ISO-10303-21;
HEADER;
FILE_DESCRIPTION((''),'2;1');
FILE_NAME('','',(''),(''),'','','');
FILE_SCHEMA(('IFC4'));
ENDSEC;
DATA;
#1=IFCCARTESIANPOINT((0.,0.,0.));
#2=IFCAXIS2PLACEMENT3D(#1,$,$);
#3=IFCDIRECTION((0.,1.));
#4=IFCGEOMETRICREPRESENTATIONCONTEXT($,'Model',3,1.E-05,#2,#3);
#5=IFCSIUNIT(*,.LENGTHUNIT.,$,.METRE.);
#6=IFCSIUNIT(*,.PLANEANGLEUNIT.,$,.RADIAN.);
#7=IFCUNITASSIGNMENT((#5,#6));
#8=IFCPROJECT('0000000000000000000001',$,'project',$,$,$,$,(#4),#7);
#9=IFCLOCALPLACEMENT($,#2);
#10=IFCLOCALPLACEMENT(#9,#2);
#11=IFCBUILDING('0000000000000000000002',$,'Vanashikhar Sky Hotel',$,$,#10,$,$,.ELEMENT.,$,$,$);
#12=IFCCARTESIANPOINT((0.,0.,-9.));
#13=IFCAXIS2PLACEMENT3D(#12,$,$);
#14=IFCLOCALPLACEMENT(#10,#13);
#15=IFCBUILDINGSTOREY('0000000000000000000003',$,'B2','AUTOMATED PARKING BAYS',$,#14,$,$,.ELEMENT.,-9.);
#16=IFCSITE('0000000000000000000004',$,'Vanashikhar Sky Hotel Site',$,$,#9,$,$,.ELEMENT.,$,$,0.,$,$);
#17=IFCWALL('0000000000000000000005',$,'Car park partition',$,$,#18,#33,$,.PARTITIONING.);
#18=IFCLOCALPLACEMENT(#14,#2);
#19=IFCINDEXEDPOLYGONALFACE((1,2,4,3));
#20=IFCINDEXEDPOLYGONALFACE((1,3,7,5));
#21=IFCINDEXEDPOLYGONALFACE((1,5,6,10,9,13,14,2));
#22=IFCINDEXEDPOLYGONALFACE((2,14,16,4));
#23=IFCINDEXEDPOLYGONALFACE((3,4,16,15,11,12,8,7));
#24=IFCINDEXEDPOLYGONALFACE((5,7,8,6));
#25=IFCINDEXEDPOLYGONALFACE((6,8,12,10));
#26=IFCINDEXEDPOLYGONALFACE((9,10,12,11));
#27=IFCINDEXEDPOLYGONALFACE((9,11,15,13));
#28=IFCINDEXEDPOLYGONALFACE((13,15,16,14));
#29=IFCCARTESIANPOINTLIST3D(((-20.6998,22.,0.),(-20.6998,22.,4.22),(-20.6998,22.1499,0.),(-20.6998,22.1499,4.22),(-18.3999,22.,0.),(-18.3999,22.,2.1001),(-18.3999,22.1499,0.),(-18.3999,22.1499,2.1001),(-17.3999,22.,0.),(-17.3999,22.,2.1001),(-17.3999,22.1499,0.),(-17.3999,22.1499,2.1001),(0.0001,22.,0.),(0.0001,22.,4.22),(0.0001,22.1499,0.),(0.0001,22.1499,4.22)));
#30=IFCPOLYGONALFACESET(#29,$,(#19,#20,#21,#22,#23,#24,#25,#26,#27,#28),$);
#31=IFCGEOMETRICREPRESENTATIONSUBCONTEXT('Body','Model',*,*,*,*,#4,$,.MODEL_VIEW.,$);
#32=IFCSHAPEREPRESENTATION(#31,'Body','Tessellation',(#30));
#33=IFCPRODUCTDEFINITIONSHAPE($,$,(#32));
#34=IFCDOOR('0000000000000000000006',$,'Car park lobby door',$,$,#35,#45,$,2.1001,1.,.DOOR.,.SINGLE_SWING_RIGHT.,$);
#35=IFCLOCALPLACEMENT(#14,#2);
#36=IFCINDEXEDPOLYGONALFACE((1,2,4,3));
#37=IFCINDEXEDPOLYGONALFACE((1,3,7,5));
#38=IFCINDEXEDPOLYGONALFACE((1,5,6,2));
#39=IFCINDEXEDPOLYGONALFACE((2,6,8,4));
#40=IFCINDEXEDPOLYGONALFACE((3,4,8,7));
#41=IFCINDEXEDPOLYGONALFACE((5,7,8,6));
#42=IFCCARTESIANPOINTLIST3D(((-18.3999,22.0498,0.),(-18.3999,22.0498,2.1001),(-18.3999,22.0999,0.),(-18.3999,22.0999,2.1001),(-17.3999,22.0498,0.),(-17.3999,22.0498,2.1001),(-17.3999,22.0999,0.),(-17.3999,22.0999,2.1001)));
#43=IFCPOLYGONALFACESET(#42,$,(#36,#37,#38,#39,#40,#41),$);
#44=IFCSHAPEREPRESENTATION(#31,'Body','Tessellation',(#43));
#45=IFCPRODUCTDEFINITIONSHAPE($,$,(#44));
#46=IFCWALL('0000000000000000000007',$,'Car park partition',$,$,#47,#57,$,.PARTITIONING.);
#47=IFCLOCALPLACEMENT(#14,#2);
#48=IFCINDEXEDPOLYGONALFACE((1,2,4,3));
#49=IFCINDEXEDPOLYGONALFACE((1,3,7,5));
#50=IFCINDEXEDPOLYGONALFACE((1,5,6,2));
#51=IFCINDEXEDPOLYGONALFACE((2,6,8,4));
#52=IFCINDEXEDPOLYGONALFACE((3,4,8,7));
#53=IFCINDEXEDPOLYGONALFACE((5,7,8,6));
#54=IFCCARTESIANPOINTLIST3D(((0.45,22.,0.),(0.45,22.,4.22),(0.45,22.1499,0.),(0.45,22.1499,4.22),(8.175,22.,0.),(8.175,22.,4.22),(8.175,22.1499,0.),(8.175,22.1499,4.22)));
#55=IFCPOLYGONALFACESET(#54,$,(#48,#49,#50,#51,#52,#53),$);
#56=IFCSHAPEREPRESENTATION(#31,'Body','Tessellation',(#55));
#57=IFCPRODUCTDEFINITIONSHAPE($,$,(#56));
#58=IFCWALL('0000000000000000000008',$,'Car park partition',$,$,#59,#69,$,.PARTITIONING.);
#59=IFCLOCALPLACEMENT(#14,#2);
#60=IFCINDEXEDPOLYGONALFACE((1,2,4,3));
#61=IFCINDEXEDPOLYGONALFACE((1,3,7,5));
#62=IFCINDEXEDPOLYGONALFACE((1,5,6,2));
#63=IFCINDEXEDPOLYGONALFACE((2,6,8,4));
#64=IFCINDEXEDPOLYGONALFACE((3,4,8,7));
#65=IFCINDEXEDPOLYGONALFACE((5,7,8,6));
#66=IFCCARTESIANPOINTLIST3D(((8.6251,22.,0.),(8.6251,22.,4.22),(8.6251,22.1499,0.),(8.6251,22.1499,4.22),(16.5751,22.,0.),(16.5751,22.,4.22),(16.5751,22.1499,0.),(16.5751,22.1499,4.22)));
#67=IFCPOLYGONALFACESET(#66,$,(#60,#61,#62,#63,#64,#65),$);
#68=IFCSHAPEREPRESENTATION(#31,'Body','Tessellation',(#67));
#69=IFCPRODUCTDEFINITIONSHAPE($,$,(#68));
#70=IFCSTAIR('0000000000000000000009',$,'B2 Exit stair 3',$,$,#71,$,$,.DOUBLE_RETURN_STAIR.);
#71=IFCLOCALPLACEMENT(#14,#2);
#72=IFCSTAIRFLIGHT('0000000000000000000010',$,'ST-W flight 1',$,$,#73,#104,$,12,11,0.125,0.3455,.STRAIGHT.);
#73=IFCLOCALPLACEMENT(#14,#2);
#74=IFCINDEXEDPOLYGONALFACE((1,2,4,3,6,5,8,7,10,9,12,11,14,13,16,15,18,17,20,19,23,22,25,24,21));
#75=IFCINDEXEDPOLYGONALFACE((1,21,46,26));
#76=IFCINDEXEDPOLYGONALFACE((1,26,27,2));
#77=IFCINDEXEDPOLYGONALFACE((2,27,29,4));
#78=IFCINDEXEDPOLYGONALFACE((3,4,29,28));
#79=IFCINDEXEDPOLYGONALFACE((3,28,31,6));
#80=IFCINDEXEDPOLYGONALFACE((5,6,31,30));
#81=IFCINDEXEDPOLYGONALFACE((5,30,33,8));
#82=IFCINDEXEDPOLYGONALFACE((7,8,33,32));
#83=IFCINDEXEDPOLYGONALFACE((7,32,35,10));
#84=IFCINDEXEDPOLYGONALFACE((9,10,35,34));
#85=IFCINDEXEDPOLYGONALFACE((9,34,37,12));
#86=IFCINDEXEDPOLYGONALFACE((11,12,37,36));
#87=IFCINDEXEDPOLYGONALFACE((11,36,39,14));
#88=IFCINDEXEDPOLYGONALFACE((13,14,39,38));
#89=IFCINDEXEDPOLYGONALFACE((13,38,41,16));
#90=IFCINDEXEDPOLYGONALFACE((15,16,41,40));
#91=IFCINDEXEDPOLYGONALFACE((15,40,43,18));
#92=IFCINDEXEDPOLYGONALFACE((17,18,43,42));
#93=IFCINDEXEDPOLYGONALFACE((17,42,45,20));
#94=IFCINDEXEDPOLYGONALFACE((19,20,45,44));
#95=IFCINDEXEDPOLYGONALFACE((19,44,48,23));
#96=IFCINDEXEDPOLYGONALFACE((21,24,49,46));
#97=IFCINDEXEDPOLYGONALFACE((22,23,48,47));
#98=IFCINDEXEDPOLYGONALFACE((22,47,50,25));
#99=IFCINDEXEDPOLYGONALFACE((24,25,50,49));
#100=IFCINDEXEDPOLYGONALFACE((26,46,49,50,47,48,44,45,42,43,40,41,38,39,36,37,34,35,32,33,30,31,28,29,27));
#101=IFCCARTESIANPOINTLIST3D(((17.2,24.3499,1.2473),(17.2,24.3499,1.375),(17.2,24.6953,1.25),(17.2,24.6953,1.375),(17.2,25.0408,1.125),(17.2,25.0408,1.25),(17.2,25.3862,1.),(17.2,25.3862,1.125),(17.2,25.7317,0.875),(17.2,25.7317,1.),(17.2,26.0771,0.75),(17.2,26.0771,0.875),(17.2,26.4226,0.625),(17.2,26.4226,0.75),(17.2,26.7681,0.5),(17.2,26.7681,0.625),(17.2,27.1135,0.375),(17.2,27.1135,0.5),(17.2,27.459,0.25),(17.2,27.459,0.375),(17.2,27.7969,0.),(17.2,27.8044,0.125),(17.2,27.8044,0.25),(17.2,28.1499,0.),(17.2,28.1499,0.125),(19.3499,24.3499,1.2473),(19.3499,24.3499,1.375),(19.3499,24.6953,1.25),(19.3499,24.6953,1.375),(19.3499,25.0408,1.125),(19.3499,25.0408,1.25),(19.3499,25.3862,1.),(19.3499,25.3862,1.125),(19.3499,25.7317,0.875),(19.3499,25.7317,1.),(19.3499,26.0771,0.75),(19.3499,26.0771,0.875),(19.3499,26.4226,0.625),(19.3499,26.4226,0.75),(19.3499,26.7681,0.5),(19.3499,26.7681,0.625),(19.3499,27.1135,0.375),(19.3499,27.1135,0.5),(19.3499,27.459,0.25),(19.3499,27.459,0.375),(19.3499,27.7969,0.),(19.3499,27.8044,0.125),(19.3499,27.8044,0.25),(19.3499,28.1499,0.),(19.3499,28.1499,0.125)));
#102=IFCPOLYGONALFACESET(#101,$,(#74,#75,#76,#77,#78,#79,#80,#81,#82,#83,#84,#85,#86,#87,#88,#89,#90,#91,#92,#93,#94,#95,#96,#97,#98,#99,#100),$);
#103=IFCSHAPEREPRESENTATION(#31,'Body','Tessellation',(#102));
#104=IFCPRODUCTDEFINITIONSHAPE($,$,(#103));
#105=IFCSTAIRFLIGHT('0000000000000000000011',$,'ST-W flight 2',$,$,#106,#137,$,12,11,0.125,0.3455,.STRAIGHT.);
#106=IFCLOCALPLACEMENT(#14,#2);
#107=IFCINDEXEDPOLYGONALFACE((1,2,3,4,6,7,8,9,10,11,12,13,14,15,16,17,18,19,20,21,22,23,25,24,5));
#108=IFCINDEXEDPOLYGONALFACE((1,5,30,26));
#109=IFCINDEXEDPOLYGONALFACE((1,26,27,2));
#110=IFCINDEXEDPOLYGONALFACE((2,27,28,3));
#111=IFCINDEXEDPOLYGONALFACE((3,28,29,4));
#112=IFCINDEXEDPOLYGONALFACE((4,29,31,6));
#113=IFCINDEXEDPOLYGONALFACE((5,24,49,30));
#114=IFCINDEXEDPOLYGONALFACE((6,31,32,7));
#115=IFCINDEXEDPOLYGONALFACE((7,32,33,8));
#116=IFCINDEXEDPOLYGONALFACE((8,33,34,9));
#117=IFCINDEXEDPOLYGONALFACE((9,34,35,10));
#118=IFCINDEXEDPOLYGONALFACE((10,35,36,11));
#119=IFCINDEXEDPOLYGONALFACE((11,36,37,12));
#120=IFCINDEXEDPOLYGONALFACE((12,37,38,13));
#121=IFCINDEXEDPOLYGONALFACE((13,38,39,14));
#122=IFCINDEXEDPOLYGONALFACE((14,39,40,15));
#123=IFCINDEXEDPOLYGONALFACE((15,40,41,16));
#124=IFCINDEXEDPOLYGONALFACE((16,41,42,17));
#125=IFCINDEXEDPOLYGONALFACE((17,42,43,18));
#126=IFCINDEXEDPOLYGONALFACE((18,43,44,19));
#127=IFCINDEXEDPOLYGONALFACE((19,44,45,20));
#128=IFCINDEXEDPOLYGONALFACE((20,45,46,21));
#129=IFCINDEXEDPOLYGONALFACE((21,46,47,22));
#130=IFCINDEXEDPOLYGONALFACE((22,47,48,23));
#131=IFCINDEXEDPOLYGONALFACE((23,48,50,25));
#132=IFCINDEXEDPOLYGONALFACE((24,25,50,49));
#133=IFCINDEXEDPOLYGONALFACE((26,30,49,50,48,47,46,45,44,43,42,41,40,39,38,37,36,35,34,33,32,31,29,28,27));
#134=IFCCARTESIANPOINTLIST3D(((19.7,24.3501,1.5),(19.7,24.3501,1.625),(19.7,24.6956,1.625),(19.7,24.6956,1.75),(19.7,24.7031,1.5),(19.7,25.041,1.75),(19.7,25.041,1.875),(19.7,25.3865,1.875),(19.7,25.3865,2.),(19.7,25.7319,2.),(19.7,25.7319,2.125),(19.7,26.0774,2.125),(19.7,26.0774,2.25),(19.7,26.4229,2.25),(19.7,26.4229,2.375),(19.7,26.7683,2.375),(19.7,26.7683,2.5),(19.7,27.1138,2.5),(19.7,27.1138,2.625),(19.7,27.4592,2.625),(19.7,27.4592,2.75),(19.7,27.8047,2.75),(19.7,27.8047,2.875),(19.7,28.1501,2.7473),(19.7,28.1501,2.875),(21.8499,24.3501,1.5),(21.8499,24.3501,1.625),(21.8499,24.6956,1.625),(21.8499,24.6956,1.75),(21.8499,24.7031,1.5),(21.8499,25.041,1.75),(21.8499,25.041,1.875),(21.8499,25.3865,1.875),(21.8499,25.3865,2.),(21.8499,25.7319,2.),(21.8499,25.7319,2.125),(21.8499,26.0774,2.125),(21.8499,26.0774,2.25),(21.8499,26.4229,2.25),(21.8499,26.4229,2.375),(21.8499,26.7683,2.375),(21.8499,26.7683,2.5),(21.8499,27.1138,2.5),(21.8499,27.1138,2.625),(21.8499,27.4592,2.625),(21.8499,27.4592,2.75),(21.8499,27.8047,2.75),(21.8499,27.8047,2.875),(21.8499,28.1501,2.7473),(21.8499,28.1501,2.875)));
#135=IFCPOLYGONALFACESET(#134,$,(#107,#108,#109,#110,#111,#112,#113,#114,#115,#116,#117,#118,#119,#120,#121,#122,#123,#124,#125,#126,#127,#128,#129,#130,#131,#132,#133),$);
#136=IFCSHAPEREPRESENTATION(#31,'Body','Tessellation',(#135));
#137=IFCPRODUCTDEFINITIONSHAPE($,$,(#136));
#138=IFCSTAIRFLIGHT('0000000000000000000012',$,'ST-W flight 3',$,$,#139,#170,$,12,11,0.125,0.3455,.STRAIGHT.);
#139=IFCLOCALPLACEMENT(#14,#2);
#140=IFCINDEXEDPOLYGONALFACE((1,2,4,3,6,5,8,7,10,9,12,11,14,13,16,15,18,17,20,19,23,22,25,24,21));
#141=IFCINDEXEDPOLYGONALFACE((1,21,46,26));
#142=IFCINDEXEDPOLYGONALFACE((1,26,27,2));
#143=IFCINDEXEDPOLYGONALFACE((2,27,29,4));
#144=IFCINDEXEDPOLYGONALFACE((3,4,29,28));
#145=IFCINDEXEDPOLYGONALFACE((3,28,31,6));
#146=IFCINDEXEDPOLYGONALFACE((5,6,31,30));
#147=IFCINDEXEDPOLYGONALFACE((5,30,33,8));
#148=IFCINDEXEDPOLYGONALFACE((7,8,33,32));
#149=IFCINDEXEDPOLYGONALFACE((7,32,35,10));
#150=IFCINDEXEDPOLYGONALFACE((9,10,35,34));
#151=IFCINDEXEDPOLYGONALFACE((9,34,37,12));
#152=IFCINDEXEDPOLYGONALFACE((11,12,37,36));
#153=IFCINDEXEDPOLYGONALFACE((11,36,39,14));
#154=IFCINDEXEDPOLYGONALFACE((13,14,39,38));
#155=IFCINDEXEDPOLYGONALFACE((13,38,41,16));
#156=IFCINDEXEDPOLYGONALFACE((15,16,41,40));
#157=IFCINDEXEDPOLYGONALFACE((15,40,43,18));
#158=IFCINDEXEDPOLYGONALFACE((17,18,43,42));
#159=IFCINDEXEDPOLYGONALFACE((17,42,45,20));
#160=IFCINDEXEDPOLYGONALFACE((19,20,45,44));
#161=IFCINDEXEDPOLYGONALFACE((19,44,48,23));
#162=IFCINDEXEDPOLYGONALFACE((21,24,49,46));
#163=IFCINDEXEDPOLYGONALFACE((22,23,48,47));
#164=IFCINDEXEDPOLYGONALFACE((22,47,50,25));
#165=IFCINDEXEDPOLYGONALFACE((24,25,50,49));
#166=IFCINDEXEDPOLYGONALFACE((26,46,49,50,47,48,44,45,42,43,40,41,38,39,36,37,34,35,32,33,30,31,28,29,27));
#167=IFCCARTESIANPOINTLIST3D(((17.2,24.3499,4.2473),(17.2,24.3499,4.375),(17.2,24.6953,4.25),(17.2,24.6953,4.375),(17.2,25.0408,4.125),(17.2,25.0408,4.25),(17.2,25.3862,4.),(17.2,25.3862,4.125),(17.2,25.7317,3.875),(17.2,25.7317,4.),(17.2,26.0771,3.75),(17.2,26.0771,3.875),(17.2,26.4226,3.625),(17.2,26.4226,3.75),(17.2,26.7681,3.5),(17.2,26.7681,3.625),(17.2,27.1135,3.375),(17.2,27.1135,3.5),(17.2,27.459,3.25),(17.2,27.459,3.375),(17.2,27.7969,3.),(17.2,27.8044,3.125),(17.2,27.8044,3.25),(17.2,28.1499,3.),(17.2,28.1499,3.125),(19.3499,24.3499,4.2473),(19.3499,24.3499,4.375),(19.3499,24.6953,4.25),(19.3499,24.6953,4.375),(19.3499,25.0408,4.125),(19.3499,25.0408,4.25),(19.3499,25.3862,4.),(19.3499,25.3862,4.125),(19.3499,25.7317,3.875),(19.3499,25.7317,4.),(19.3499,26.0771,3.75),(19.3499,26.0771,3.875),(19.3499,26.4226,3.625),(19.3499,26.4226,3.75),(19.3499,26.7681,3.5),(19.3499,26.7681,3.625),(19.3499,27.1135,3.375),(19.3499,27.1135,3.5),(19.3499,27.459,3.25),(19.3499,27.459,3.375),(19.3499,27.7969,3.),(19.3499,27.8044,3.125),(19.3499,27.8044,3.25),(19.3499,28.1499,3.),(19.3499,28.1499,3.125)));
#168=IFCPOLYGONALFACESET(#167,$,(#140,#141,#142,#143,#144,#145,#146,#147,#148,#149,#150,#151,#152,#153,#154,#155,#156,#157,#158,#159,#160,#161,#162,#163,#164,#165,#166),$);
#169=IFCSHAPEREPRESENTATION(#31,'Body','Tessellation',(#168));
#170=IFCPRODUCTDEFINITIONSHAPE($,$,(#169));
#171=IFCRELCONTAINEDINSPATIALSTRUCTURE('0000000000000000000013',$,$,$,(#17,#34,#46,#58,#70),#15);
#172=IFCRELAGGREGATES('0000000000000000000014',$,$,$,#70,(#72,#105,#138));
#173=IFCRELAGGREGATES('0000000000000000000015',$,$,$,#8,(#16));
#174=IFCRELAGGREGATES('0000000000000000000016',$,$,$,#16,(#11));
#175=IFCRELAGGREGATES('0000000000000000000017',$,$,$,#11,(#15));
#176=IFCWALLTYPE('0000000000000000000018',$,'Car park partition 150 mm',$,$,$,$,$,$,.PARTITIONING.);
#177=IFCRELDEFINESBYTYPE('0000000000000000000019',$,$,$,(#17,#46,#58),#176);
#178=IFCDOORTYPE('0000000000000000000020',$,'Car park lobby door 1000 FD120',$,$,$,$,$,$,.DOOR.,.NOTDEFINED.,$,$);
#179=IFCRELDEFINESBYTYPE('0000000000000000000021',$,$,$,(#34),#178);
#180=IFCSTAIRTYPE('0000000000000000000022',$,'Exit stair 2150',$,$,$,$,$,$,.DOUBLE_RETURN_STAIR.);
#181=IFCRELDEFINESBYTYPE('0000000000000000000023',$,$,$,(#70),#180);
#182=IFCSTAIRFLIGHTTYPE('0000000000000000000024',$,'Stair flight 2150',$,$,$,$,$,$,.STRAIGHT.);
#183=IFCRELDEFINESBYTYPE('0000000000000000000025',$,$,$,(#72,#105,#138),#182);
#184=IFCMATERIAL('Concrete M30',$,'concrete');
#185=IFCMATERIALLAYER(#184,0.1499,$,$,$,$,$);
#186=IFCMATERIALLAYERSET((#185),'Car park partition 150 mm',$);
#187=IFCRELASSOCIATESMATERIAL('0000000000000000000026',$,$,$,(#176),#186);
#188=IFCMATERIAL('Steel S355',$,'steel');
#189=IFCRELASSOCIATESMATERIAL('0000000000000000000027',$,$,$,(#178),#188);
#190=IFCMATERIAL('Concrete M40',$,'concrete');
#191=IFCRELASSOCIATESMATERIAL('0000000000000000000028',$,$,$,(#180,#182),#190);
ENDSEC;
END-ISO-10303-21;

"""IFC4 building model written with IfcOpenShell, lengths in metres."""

from ifc_helpers import new_model, si_unit, direction, frame, frame_2d, origin, place, context, subcontext, project, spatial, polyline, rectangle, outline, extrude, source, transform, mapped, material, layer, layer_set, type_object, element, fill, aggregate, save


model = new_model("IFC4")

# Units and contexts
model_context = context("Model", 3, precision=1e-05, world=origin(), true_north=direction((0.0, 1.0)))
body_context = subcontext(model_context, "Body", "Model", "MODEL_VIEW")
ifc_project = project(units=[si_unit("LENGTHUNIT", "METRE"), si_unit("PLANEANGLEUNIT", "RADIAN")], contexts=[model_context])

# Site, building, storey
site_placement = place(None, origin())
site = spatial("IfcSite", under=ifc_project, at=site_placement, Name="Vanashikhar Sky Hotel Site", CompositionType="ELEMENT", RefElevation=0.0)
building_placement = place(site_placement, origin())
building = spatial("IfcBuilding", under=site, at=building_placement, Name="Vanashikhar Sky Hotel", CompositionType="ELEMENT")
storey_placement = place(building_placement, frame((0.0, 0.0, -9.0)))
storey = spatial("IfcBuildingStorey", under=building, at=storey_placement, Name="B2", Description="AUTOMATED PARKING BAYS", CompositionType="ELEMENT", Elevation=-9.0)

# Wall, opening, door
ifc_material_1 = material(Name="Concrete M30", Category="concrete")
ifc_layer_1 = layer(ifc_material_1, 0.1499)
ifc_layer_set_1 = layer_set([ifc_layer_1], Name="Car park partition 150 mm")
wall_type_1 = type_object("IfcWallType", Name="Car park partition 150 mm", PredefinedType="PARTITIONING", material=ifc_layer_set_1)
shared_shape_1 = source(origin(), body_context, "Body", "SweptSolid", [
    extrude(rectangle(XDim=20.7, YDim=0.1499, at=frame_2d((10.3501, 0.0))), origin(), (0.0, 0.0, 1.0), 4.22),
])
wall_1_placement = place(storey_placement, frame((-20.7, 22.075, 0.0), z_axis=(0.0, 0.0, 1.0), x_axis=(1.0, 0.0, 0.0)))
wall_1 = element("IfcWall", 1, at=wall_1_placement, inside=storey, type_object=wall_type_1, Name="Car park partition", PredefinedType="PARTITIONING", context=body_context, shape_type="MappedRepresentation", body=[
    mapped(shared_shape_1, transform((0.0, 0.0, 0.0), scale=1.0)),
])
shared_shape_2 = source(origin(), body_context, "Body", "SweptSolid", [
    extrude(rectangle(XDim=1.0, YDim=2.1001, at=frame_2d((0.5, 1.05))), frame((0.0, 0.085, 0.0), z_axis=(0.0, -1.0, 0.0), x_axis=(1.0, 0.0, 0.0)), (0.0, 0.0, 1.0), 0.1699),
])
opening_1_placement = place(wall_1_placement, frame((2.3, 0.0, 0.0)))
opening_1 = element("IfcOpeningElement", 2, at=opening_1_placement, cuts=wall_1, PredefinedType="OPENING", context=body_context, shape_type="MappedRepresentation", body=[
    mapped(shared_shape_2, transform((0.0, 0.0, 0.0), scale=1.0)),
])
ifc_material_2 = material(Name="Steel S355", Category="steel")
door_type_1 = type_object("IfcDoorType", Name="Car park lobby door 1000 FD120", OperationType="NOTDEFINED", PredefinedType="DOOR", material=ifc_material_2)
shared_shape_3 = source(origin(), body_context, "Body", "SweptSolid", [
    extrude(rectangle(XDim=1.0, YDim=2.1001, at=frame_2d((0.5, 1.05))), frame((0.0, 0.0249, 0.0), z_axis=(0.0, -1.0, 0.0), x_axis=(1.0, 0.0, 0.0)), (0.0, 0.0, 1.0), 0.05),
])
door_1_placement = place(opening_1_placement, origin())
door_1 = element("IfcDoor", 3, at=door_1_placement, inside=storey, type_object=door_type_1, Name="Car park lobby door", OperationType="SINGLE_SWING_RIGHT", OverallHeight=2.1001, OverallWidth=1.0, PredefinedType="DOOR", context=body_context, shape_type="MappedRepresentation", body=[
    mapped(shared_shape_3, transform((0.0, 0.0, 0.0), scale=1.0)),
])
fill(opening_1, door_1)

# Walls
shared_shape_4 = source(origin(), body_context, "Body", "SweptSolid", [
    extrude(rectangle(XDim=7.7251, YDim=0.1499, at=frame_2d((3.8625, 0.0))), origin(), (0.0, 0.0, 1.0), 4.22),
])
wall_2_placement = place(storey_placement, frame((0.45, 22.075, 0.0), z_axis=(0.0, 0.0, 1.0), x_axis=(1.0, 0.0, 0.0)))
element("IfcWall", 4, at=wall_2_placement, inside=storey, type_object=wall_type_1, Name="Car park partition", PredefinedType="PARTITIONING", context=body_context, shape_type="MappedRepresentation", body=[
    mapped(shared_shape_4, transform((0.0, 0.0, 0.0), scale=1.0)),
])
shared_shape_5 = source(origin(), body_context, "Body", "SweptSolid", [
    extrude(rectangle(XDim=7.95, YDim=0.1499, at=frame_2d((3.9751, 0.0))), origin(), (0.0, 0.0, 1.0), 4.22),
])
wall_3_placement = place(storey_placement, frame((8.625, 22.075, 0.0), z_axis=(0.0, 0.0, 1.0), x_axis=(1.0, 0.0, 0.0)))
element("IfcWall", 5, at=wall_3_placement, inside=storey, type_object=wall_type_1, Name="Car park partition", PredefinedType="PARTITIONING", context=body_context, shape_type="MappedRepresentation", body=[
    mapped(shared_shape_5, transform((0.0, 0.0, 0.0), scale=1.0)),
])

# Stair, stair flights
ifc_material_3 = material(Name="Concrete M40", Category="concrete")
stair_type = type_object("IfcStairType", Name="Exit stair 2150", PredefinedType="DOUBLE_RETURN_STAIR", material=ifc_material_3)
stair_placement = place(storey_placement, origin())
stair = element("IfcStair", 6, at=stair_placement, inside=storey, type_object=stair_type, Name="B2 Exit stair 3", PredefinedType="DOUBLE_RETURN_STAIR")
stair_flight_type = type_object("IfcStairFlightType", Name="Stair flight 2150", PredefinedType="STRAIGHT", material=ifc_material_3)
shared_shape_6 = source(origin(), body_context, "Body", "SweptSolid", [
    extrude(outline(polyline([(0.0, 0.0), (0.0, 0.125), (0.3455, 0.125), (0.3455, 0.25), (0.6909, 0.25), (0.6909, 0.375), (1.0364, 0.375), (1.0364, 0.5), (1.3818, 0.5), (1.3818, 0.625), (1.7273, 0.625), (1.7273, 0.75), (2.0728, 0.75), (2.0728, 0.875), (2.4182, 0.875), (2.4182, 1.0), (2.7637, 1.0), (2.7637, 1.125), (3.1091, 1.125), (3.1091, 1.25), (3.4546, 1.25), (3.4546, 1.375), (3.8, 1.375), (3.8, 1.5), (3.8, 1.2473), (0.353, 0.0), (0.0, 0.0)])), frame((0.0, 1.075, 0.0), z_axis=(0.0, -1.0, 0.0), x_axis=(1.0, 0.0, 0.0)), (0.0, 0.0, 1.0), 2.1499),
])
stair_flight_1_placement = place(storey_placement, frame((18.2749, 28.1499, 0.0), z_axis=(0.0, 0.0, 1.0), x_axis=(0.0, -1.0, 0.0)))
stair_flight_1 = element("IfcStairFlight", 7, at=stair_flight_1_placement, type_object=stair_flight_type, Name="ST-W flight 1", NumberOfRisers=12, NumberOfTreads=11, PredefinedType="STRAIGHT", RiserHeight=0.125, TreadLength=0.3455, context=body_context, shape_type="MappedRepresentation", body=[
    mapped(shared_shape_6, transform((0.0, 0.0, 0.0), scale=1.0)),
])
stair_flight_2_placement = place(storey_placement, frame((20.7749, 24.3501, 1.5), z_axis=(0.0, 0.0, 1.0), x_axis=(0.0, 1.0, 0.0)))
stair_flight_2 = element("IfcStairFlight", 8, at=stair_flight_2_placement, type_object=stair_flight_type, Name="ST-W flight 2", NumberOfRisers=12, NumberOfTreads=11, PredefinedType="STRAIGHT", RiserHeight=0.125, TreadLength=0.3455, context=body_context, shape_type="MappedRepresentation", body=[
    mapped(shared_shape_6, transform((0.0, 0.0, 0.0), scale=1.0)),
])
stair_flight_3_placement = place(storey_placement, frame((18.2749, 28.1499, 3.0), z_axis=(0.0, 0.0, 1.0), x_axis=(0.0, -1.0, 0.0)))
stair_flight_3 = element("IfcStairFlight", 9, at=stair_flight_3_placement, type_object=stair_flight_type, Name="ST-W flight 3", NumberOfRisers=12, NumberOfTreads=11, PredefinedType="STRAIGHT", RiserHeight=0.125, TreadLength=0.3455, context=body_context, shape_type="MappedRepresentation", body=[
    mapped(shared_shape_6, transform((0.0, 0.0, 0.0), scale=1.0)),
])
aggregate(stair, [stair_flight_1, stair_flight_2, stair_flight_3])

save(model, "model.ifc")
